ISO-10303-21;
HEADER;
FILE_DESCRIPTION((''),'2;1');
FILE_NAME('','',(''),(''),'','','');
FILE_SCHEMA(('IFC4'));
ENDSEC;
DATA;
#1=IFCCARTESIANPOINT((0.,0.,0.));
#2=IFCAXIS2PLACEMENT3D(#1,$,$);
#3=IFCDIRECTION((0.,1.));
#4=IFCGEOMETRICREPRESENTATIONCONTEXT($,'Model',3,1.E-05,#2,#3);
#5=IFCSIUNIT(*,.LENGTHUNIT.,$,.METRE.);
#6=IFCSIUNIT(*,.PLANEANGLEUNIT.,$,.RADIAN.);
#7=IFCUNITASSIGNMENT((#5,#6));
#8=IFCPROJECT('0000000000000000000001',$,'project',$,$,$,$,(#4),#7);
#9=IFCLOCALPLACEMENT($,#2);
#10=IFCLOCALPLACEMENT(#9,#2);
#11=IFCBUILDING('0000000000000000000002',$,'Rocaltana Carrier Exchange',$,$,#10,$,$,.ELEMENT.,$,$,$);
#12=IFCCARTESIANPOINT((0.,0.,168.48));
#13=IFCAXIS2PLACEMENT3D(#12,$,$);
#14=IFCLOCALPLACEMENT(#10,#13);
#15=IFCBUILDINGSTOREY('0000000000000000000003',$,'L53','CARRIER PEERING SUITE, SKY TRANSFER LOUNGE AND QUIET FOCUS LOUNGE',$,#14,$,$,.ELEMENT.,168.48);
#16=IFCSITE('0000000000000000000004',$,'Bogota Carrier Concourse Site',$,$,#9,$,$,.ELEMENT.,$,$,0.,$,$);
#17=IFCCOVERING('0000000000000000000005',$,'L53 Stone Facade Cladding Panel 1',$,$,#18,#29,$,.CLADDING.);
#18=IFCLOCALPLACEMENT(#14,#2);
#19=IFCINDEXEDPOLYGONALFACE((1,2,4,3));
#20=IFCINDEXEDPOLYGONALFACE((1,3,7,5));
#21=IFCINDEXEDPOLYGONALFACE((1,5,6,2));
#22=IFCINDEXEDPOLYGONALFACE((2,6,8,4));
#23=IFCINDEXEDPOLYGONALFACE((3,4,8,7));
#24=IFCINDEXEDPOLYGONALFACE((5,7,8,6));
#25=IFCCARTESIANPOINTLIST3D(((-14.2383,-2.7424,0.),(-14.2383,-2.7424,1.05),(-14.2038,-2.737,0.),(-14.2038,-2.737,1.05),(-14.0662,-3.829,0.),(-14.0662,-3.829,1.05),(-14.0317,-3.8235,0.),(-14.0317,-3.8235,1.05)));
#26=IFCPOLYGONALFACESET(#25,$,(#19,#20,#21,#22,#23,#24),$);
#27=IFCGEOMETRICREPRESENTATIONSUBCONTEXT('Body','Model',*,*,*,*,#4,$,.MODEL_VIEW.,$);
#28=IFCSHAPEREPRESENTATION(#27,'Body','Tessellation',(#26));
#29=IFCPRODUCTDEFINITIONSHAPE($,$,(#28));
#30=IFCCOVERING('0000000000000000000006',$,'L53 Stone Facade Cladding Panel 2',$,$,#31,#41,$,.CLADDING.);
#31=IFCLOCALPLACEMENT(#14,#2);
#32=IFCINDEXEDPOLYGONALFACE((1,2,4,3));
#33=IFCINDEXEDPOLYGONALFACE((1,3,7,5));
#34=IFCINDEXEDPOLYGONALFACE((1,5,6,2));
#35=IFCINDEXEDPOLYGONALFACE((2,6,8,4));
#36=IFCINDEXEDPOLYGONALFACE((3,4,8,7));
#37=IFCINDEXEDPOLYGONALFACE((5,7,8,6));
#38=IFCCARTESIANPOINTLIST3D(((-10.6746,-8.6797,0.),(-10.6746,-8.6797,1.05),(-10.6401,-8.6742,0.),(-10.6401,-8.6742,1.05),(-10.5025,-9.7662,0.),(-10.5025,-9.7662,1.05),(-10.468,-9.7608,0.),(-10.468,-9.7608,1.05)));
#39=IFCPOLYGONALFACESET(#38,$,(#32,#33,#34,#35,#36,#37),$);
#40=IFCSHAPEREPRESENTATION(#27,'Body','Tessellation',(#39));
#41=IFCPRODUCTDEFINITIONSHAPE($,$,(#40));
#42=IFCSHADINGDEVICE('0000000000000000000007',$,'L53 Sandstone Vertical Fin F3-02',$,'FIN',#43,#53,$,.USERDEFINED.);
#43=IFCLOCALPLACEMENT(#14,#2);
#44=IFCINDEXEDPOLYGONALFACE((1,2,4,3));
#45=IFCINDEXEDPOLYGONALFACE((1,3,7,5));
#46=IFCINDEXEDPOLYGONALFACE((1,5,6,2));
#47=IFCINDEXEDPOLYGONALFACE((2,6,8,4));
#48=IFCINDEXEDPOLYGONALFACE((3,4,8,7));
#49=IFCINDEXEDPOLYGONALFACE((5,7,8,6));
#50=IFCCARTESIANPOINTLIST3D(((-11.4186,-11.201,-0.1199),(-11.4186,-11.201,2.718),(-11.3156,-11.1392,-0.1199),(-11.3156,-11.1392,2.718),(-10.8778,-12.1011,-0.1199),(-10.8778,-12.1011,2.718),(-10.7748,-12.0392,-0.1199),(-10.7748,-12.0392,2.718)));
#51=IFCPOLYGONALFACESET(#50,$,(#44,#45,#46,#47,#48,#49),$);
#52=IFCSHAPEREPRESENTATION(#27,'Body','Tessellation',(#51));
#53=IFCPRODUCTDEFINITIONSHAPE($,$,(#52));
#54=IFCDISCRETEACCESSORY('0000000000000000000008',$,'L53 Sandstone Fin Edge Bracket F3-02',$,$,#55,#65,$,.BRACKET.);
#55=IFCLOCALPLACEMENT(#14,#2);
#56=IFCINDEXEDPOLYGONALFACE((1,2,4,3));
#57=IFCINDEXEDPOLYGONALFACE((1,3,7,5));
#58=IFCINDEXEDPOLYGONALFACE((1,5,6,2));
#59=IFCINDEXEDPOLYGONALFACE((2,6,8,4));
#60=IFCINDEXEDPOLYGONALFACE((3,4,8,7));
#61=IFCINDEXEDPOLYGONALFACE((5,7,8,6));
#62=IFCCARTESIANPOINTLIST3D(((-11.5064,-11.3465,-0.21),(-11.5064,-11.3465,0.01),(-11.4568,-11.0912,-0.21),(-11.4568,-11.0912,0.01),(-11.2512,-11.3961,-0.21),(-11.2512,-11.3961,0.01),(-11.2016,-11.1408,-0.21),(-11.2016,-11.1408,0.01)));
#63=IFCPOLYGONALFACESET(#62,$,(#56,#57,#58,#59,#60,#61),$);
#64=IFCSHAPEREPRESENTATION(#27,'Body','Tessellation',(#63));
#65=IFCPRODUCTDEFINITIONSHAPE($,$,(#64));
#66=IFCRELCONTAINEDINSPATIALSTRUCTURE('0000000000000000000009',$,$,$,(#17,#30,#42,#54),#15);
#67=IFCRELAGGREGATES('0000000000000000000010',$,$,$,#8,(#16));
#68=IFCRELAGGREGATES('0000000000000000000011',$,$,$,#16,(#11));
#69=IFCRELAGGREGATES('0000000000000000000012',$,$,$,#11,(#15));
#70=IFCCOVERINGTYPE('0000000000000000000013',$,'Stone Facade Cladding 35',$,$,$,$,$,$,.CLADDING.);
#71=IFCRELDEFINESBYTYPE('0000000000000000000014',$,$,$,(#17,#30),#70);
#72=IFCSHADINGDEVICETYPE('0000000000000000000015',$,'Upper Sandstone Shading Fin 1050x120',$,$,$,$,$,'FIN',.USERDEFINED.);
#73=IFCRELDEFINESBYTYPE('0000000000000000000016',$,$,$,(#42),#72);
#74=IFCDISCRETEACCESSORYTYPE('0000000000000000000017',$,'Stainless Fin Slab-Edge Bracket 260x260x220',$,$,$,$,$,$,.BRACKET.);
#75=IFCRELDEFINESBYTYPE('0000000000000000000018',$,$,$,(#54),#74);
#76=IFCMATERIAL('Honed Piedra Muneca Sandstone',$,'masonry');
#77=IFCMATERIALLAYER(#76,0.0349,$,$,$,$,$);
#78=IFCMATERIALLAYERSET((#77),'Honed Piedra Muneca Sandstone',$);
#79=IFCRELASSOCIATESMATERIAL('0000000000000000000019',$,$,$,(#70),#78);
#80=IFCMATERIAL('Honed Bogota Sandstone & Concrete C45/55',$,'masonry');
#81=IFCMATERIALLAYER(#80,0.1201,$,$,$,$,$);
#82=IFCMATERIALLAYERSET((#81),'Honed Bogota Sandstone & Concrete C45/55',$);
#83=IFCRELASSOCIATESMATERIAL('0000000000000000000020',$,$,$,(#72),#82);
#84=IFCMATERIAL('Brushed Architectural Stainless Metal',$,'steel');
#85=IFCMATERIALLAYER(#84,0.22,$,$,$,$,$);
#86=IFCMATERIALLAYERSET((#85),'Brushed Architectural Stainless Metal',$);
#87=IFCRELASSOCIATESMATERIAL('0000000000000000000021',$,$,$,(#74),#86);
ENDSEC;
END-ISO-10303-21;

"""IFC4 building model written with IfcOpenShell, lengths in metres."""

from ifc_helpers import new_model, si_unit, direction, frame, origin, origin_2d, place, context, subcontext, project, spatial, rectangle, extrude, material, layer, layer_set, type_object, element, save


model = new_model("IFC4")

# Units and contexts
model_context = context("Model", 3, precision=1e-05, world=origin(), true_north=direction((0.0, 1.0)))
body_context = subcontext(model_context, "Body", "Model", "MODEL_VIEW")
ifc_project = project(units=[si_unit("LENGTHUNIT", "METRE"), si_unit("PLANEANGLEUNIT", "RADIAN")], contexts=[model_context])

# Site, building, storey
site_placement = place(None, origin())
site = spatial("IfcSite", under=ifc_project, at=site_placement, Name="Bogota Carrier Concourse Site", CompositionType="ELEMENT", RefElevation=0.0)
building_placement = place(site_placement, origin())
building = spatial("IfcBuilding", under=site, at=building_placement, Name="Rocaltana Carrier Exchange", CompositionType="ELEMENT")
storey_placement = place(building_placement, frame((0.0, 0.0, 168.48)))
storey = spatial("IfcBuildingStorey", under=building, at=storey_placement, Name="L53", Description="CARRIER PEERING SUITE, SKY TRANSFER LOUNGE AND QUIET FOCUS LOUNGE", CompositionType="ELEMENT", Elevation=168.48)

# Coverings
ifc_material_1 = material(Name="Honed Piedra Muneca Sandstone", Category="masonry")
ifc_layer_1 = layer(ifc_material_1, 0.0349)
ifc_layer_set_1 = layer_set([ifc_layer_1], Name="Honed Piedra Muneca Sandstone")
covering_type = type_object("IfcCoveringType", Name="Stone Facade Cladding 35", PredefinedType="CLADDING", material=ifc_layer_set_1)
for number, where, z_axis, x_axis, name in (
    (1, (-14.135, -3.283, 0.0), (0.0, 0.0, 1.0), (-0.156434, 0.987688, 0.0), "L53 Stone Facade Cladding Panel 1"),
    (2, (-10.5713, -9.2202, 0.0), (0.0, 0.0, 1.0), (-0.156434, 0.987688, 0.0), "L53 Stone Facade Cladding Panel 2"),
):
    element("IfcCovering", number, at=place(storey_placement, frame(where, z_axis=z_axis, x_axis=x_axis)), inside=storey, type_object=covering_type, Name=name, PredefinedType="CLADDING", context=body_context, shape_type="SweptSolid", body=[
        extrude(rectangle(XDim=1.1001, YDim=0.0349, at=origin_2d()), origin(), (0.0, 0.0, 1.0), 1.05),
    ])

# Shading device
ifc_material_2 = material(Name="Honed Bogota Sandstone & Concrete C45/55", Category="masonry")
ifc_layer_2 = layer(ifc_material_2, 0.1201)
ifc_layer_set_2 = layer_set([ifc_layer_2], Name="Honed Bogota Sandstone & Concrete C45/55")
shading_device_type = type_object("IfcShadingDeviceType", Name="Upper Sandstone Shading Fin 1050x120", ElementType="FIN", PredefinedType="USERDEFINED", material=ifc_layer_set_2)
shading_device_placement = place(storey_placement, frame((-11.0967, -11.6201, -0.1199), z_axis=(0.0, 0.0, 1.0), x_axis=(0.515038, -0.857167, 0.0)))
element("IfcShadingDevice", 3, at=shading_device_placement, inside=storey, type_object=shading_device_type, Name="L53 Sandstone Vertical Fin F3-02", ObjectType="FIN", PredefinedType="USERDEFINED", context=body_context, shape_type="SweptSolid", body=[
    extrude(rectangle(XDim=1.05, YDim=0.1201, at=origin_2d()), origin(), (0.0, 0.0, 1.0), 2.8379),
])

# Discrete accessory
ifc_material_3 = material(Name="Brushed Architectural Stainless Metal", Category="steel")
ifc_layer_3 = layer(ifc_material_3, 0.22)
ifc_layer_set_3 = layer_set([ifc_layer_3], Name="Brushed Architectural Stainless Metal")
discrete_accessory_type = type_object("IfcDiscreteAccessoryType", Name="Stainless Fin Slab-Edge Bracket 260x260x220", PredefinedType="BRACKET", material=ifc_layer_set_3)
discrete_accessory_placement = place(storey_placement, frame((-11.354, -11.2437, -0.21), z_axis=(0.0, 0.0, 1.0), x_axis=(0.981627, -0.190809, 0.0)))
element("IfcDiscreteAccessory", 4, at=discrete_accessory_placement, inside=storey, type_object=discrete_accessory_type, Name="L53 Sandstone Fin Edge Bracket F3-02", PredefinedType="BRACKET", context=body_context, shape_type="SweptSolid", body=[
    extrude(rectangle(XDim=0.26, YDim=0.26, at=origin_2d()), origin(), (0.0, 0.0, 1.0), 0.22),
])

save(model, "model.ifc")
